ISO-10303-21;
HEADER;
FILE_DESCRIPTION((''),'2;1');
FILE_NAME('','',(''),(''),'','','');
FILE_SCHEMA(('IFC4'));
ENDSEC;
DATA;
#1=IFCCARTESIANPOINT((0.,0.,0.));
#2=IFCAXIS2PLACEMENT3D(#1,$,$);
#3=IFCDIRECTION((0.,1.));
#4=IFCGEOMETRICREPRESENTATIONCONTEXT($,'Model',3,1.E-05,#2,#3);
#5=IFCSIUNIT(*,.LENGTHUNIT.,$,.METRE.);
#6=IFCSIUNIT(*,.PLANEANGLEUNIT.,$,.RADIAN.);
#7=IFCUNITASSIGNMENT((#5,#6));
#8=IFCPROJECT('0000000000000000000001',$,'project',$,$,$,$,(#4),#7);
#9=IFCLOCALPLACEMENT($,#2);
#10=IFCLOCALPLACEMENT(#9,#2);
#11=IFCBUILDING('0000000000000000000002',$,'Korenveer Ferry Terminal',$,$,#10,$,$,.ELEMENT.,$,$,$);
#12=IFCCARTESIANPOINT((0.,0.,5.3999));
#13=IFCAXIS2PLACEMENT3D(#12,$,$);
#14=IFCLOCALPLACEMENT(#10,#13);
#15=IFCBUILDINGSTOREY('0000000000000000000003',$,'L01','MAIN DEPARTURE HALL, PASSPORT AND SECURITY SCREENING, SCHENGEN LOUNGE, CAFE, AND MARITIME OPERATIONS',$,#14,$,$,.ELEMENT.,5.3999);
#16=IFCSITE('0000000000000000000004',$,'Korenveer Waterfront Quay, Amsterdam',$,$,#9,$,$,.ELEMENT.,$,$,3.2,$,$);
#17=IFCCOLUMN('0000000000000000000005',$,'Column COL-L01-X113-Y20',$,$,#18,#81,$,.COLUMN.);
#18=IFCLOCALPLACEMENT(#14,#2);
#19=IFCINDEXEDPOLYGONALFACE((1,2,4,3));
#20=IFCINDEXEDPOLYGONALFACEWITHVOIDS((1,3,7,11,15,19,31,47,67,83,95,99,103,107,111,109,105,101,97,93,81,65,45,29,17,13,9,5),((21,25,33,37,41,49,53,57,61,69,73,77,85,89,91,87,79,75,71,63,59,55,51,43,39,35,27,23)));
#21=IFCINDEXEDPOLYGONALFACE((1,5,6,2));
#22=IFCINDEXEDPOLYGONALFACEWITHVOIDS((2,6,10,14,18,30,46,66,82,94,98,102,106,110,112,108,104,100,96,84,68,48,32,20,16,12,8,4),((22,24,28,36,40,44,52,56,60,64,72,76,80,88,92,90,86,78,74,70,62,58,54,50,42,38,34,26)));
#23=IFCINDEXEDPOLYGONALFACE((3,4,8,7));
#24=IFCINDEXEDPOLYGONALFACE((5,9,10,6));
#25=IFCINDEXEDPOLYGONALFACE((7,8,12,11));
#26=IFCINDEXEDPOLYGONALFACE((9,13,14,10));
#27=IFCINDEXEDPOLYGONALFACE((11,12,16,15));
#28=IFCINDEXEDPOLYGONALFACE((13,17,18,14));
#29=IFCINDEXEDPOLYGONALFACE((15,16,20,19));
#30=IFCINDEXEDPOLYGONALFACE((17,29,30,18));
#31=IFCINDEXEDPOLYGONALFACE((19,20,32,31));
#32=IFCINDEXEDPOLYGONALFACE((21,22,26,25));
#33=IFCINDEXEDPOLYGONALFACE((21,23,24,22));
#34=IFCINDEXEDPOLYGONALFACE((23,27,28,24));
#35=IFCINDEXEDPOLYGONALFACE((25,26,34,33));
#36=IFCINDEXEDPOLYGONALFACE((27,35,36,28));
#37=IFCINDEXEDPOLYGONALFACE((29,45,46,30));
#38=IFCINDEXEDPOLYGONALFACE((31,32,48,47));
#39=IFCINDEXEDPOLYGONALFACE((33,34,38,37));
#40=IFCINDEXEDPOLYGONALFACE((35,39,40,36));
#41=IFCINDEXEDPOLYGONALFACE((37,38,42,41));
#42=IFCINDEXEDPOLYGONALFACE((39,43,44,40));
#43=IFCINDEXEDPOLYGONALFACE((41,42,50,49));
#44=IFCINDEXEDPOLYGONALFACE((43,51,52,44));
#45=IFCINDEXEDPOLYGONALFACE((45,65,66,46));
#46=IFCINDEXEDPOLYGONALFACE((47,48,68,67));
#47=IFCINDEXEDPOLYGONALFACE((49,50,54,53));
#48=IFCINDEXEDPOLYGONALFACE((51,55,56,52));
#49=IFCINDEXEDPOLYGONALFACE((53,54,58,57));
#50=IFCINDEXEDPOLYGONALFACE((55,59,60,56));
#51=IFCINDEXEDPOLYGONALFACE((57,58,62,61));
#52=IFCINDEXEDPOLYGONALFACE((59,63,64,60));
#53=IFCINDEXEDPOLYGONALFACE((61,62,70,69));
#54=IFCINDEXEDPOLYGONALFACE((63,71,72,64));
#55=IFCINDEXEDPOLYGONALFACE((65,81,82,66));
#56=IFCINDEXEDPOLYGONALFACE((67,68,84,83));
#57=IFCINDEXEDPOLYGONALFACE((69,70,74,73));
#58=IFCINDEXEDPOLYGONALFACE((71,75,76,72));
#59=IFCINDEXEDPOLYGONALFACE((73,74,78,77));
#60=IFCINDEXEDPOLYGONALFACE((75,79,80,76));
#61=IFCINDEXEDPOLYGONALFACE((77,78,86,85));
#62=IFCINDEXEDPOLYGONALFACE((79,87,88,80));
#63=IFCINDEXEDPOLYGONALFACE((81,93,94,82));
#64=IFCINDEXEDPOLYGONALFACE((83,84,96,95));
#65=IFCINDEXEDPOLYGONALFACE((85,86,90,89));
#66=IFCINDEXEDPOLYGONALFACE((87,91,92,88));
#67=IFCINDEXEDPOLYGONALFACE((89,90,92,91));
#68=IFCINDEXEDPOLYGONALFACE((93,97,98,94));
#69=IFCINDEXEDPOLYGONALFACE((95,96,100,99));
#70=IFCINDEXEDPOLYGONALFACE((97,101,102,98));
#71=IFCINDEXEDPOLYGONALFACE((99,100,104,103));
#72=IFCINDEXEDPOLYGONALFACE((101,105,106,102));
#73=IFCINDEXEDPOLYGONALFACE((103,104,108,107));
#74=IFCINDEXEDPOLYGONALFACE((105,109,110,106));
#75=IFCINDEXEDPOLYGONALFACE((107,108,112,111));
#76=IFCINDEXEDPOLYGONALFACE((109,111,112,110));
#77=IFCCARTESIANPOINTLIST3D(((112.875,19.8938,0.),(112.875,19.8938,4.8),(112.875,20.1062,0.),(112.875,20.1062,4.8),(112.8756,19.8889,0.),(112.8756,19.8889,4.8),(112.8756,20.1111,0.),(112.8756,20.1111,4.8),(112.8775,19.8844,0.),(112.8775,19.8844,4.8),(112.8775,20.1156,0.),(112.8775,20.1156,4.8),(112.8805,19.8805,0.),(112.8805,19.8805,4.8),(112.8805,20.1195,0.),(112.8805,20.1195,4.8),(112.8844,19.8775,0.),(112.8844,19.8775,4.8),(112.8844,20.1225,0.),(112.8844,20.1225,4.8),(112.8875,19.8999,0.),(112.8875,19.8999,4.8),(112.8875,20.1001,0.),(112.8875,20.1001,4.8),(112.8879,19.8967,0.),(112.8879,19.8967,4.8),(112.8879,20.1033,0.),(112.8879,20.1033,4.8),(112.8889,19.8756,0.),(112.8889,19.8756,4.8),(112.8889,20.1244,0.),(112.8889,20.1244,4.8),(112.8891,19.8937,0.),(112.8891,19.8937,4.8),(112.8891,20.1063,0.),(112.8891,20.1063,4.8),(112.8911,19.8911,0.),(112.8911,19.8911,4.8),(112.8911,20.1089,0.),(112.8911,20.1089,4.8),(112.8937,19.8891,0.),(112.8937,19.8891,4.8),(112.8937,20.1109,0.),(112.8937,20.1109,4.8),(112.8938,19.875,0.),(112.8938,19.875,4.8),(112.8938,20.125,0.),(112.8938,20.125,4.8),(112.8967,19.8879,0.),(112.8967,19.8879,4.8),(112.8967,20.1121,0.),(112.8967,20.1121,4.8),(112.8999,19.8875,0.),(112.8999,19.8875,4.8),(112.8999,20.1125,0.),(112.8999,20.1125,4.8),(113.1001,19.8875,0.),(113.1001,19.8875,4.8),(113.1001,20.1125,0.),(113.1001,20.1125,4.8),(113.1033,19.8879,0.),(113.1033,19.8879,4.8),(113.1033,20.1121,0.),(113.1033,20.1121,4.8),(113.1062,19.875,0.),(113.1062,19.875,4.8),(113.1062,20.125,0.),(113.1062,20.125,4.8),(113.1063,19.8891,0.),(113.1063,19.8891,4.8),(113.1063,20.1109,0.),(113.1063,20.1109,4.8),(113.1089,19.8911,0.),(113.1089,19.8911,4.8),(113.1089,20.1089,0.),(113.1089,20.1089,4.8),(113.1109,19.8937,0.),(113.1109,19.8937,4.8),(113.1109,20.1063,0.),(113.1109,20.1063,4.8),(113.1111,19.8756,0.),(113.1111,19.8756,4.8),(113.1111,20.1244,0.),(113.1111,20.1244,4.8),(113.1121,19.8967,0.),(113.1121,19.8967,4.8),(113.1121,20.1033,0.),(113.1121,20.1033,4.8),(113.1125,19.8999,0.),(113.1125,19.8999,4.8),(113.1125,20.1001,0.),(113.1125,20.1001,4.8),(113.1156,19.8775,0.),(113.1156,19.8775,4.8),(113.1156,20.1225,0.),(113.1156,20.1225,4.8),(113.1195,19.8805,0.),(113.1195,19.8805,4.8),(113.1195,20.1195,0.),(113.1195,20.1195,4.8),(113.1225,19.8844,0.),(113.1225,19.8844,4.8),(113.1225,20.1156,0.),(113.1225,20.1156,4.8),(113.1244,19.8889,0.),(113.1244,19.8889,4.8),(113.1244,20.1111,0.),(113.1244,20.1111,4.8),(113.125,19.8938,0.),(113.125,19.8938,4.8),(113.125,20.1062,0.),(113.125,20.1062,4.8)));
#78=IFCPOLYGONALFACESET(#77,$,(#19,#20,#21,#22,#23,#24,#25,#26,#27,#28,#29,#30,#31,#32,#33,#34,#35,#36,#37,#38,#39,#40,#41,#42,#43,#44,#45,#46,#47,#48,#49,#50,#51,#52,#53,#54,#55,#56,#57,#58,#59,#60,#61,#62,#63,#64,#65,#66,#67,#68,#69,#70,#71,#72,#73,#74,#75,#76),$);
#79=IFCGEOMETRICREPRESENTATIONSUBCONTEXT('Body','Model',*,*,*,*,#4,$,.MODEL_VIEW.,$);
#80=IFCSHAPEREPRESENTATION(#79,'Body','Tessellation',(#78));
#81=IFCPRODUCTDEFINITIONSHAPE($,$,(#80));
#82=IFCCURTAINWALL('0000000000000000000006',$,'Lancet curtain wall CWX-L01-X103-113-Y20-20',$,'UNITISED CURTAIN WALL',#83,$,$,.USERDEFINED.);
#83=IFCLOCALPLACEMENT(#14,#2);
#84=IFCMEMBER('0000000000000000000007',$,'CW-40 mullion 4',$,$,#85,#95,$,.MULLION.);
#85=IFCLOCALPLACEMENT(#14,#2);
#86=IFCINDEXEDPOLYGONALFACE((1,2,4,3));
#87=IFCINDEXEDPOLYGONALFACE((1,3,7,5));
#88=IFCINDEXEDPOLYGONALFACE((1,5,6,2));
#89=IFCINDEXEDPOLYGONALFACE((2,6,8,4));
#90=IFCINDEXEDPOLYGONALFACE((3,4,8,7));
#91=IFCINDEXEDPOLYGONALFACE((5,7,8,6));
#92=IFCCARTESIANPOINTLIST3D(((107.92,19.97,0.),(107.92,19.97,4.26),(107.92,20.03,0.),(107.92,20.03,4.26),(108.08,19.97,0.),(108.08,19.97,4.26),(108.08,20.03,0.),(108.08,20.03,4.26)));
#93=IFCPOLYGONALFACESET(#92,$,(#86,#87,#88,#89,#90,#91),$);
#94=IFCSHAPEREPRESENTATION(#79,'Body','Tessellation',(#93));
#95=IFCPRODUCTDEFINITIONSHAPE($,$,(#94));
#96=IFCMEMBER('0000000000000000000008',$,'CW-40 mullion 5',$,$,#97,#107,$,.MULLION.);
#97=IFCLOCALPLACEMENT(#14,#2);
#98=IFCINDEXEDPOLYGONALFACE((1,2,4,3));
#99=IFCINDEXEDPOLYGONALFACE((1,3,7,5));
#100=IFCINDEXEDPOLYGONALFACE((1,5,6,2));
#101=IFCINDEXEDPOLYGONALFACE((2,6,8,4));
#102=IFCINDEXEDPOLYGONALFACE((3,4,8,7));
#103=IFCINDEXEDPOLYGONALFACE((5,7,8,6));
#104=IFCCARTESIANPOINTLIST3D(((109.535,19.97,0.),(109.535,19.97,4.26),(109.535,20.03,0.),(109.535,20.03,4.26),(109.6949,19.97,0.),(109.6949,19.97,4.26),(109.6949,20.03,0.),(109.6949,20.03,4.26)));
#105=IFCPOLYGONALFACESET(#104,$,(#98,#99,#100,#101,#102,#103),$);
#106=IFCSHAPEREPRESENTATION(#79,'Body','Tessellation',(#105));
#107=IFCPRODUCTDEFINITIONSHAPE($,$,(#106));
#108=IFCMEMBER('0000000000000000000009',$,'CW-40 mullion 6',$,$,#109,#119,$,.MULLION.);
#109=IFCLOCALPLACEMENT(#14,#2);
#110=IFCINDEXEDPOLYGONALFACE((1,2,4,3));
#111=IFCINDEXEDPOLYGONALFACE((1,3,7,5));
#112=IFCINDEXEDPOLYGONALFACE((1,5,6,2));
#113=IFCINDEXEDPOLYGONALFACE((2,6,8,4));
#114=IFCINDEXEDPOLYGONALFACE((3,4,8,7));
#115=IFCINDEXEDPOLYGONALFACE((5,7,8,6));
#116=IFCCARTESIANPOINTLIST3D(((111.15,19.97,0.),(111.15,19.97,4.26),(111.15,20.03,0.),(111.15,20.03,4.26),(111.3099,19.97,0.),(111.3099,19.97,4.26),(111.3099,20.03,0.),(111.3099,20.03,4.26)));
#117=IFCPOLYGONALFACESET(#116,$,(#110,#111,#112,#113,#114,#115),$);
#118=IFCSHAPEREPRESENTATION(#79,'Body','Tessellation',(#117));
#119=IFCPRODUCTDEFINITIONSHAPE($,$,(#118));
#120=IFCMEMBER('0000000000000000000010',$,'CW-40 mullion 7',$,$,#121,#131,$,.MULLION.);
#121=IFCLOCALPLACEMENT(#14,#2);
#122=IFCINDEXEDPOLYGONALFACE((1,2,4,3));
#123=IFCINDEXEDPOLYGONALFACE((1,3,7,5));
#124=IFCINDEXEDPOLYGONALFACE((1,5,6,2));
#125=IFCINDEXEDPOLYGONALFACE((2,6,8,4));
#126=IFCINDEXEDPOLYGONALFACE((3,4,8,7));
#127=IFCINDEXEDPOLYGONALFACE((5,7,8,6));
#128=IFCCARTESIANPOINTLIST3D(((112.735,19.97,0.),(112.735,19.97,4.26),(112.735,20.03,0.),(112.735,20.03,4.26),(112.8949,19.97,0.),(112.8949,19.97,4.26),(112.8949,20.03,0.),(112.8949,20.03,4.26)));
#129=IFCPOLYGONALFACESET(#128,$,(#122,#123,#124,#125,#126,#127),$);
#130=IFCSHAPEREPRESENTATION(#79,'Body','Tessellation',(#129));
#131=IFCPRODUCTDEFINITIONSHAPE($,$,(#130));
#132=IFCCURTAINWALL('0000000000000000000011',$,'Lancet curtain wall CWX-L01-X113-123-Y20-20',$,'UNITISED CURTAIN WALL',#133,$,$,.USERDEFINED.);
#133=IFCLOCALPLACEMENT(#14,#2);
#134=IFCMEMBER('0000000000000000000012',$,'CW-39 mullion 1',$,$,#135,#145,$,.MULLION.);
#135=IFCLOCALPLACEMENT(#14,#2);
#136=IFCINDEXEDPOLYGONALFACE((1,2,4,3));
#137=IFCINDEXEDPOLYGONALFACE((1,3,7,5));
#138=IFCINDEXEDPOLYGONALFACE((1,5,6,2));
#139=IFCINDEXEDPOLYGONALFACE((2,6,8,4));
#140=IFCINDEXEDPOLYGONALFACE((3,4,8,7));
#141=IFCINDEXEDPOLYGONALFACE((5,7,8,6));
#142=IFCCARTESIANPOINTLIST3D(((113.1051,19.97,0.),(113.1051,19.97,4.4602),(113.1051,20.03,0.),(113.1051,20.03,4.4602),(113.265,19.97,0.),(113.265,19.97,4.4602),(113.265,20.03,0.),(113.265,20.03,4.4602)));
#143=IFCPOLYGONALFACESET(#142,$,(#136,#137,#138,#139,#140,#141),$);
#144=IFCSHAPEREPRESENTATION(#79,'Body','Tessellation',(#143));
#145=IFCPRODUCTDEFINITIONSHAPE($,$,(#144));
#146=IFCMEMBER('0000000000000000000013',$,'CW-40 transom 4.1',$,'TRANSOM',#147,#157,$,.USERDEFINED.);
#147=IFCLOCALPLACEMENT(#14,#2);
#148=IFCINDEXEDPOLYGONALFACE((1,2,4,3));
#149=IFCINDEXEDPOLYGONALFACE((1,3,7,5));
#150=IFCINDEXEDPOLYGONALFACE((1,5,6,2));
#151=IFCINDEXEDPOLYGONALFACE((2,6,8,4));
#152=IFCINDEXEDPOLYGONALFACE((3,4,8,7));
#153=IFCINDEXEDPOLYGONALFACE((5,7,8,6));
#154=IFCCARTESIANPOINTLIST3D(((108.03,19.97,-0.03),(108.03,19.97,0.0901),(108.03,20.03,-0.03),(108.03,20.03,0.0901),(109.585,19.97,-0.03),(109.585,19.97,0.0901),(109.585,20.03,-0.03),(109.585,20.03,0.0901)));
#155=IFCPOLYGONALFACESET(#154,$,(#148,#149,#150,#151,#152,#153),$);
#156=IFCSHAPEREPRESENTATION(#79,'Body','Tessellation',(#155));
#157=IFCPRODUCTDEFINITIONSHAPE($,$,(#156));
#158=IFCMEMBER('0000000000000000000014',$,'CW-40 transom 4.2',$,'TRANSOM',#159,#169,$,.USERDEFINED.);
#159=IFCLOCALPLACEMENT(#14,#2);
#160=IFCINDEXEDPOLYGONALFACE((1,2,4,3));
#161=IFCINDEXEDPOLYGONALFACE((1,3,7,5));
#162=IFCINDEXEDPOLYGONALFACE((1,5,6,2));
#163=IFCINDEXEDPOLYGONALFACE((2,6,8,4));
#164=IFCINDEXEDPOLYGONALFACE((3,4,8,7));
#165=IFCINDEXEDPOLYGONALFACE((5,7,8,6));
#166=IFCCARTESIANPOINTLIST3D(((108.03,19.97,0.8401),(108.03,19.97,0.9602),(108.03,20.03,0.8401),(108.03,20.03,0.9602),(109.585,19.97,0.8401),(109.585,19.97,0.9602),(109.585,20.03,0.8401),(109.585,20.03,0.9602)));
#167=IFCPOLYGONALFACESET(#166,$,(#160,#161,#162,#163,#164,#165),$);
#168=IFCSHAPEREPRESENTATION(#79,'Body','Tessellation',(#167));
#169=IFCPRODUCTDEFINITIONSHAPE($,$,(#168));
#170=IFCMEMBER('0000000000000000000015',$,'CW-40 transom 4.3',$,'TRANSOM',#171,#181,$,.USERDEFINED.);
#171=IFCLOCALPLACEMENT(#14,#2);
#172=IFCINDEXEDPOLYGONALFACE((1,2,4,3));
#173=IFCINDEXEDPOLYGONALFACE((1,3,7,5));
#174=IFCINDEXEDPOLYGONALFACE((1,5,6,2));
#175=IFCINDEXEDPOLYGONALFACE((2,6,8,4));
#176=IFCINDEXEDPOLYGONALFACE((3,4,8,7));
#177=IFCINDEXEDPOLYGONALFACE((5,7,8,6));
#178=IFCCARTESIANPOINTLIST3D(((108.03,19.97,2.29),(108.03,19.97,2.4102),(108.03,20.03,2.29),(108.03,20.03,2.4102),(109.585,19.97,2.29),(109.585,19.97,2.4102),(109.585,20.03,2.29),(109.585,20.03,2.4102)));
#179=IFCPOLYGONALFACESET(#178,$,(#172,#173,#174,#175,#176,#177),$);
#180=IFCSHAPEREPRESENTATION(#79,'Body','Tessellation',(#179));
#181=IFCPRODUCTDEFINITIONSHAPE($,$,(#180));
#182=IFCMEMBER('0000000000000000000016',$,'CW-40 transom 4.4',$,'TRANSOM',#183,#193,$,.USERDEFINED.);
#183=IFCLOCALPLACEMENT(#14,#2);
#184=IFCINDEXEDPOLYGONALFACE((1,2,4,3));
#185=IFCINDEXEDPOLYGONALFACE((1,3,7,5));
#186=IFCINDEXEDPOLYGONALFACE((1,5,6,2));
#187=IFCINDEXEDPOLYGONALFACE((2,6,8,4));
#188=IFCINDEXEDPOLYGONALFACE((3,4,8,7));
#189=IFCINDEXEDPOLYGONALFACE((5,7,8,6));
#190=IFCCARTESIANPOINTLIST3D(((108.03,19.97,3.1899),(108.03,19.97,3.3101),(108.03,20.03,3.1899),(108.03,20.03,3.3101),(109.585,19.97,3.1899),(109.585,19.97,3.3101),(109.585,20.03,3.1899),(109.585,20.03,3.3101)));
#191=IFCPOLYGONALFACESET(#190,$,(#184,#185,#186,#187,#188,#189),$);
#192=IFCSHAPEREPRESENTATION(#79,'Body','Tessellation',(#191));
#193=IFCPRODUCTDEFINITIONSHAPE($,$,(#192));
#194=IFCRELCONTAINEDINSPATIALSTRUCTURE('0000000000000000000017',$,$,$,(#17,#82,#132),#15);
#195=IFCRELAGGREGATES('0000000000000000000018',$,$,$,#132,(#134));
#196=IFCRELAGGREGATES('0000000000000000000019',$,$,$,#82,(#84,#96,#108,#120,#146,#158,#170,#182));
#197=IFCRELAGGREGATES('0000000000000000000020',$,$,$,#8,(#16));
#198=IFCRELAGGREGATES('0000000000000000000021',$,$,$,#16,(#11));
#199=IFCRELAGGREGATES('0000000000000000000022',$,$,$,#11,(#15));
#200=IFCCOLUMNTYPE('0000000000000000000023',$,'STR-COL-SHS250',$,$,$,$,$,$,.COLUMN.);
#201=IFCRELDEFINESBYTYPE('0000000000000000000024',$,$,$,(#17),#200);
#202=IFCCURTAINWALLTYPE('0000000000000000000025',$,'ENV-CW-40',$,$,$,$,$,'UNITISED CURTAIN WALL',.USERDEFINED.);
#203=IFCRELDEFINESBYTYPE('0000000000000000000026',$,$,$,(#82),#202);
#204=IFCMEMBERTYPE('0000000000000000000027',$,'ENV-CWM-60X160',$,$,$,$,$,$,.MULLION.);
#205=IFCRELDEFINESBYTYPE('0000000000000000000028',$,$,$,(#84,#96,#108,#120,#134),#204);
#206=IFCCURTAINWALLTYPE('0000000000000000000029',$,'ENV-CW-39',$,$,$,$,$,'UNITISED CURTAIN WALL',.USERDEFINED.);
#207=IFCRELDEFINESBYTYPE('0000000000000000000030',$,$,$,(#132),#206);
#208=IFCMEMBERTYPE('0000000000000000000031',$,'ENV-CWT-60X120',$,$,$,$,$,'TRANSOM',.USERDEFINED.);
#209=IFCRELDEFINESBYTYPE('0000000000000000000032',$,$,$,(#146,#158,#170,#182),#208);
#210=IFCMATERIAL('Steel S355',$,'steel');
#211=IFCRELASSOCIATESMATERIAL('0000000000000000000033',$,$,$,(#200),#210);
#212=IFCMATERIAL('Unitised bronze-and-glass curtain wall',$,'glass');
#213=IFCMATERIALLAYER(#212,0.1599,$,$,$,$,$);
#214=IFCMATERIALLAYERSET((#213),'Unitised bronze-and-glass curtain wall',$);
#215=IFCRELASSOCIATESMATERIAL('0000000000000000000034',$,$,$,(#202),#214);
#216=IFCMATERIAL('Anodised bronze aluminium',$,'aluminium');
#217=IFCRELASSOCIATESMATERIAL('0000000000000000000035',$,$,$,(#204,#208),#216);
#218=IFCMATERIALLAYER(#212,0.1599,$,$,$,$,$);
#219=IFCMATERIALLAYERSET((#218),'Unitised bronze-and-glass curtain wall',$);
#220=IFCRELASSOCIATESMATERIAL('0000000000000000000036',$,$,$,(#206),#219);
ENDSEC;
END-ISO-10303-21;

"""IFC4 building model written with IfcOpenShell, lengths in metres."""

from ifc_helpers import new_model, si_unit, direction, frame, origin, origin_2d, place, context, subcontext, project, spatial, rectangle, hollow_rectangle, extrude, material, layer, layer_set, material_profile, profile_set, type_object, element, aggregate, save


model = new_model("IFC4")

# Units and contexts
model_context = context("Model", 3, precision=1e-05, world=origin(), true_north=direction((0.0, 1.0)))
body_context = subcontext(model_context, "Body", "Model", "MODEL_VIEW")
ifc_project = project(units=[si_unit("LENGTHUNIT", "METRE"), si_unit("PLANEANGLEUNIT", "RADIAN")], contexts=[model_context])

# Site, building, storey
site_placement = place(None, origin())
site = spatial("IfcSite", under=ifc_project, at=site_placement, Name="Korenveer Waterfront Quay, Amsterdam", CompositionType="ELEMENT", RefElevation=3.2)
building_placement = place(site_placement, origin())
building = spatial("IfcBuilding", under=site, at=building_placement, Name="Korenveer Ferry Terminal", CompositionType="ELEMENT")
storey_placement = place(building_placement, frame((0.0, 0.0, 5.3999)))
storey = spatial("IfcBuildingStorey", under=building, at=storey_placement, Name="L01", Description="MAIN DEPARTURE HALL, PASSPORT AND SECURITY SCREENING, SCHENGEN LOUNGE, CAFE, AND MARITIME OPERATIONS", CompositionType="ELEMENT", Elevation=5.3999)

# Column
ifc_material_1 = material(Name="Steel S355", Category="steel")
ifc_material_profile_1 = material_profile(ifc_material_1, hollow_rectangle(XDim=0.25, YDim=0.25, WallThickness=0.0125, InnerFilletRadius=0.0125, OuterFilletRadius=0.0188, at=origin_2d()), Name="SHS 250x250x12.5")
ifc_profile_set_1 = profile_set([ifc_material_profile_1], Name="Steel S355")
column_type = type_object("IfcColumnType", Name="STR-COL-SHS250", PredefinedType="COLUMN", material=ifc_profile_set_1)
column_placement = place(storey_placement, frame((113.0, 20.0, 0.0), z_axis=(0.0, 0.0, 1.0), x_axis=(1.0, 0.0, 0.0)))
element("IfcColumn", 1, at=column_placement, inside=storey, type_object=column_type, Name="Column COL-L01-X113-Y20", PredefinedType="COLUMN", context=body_context, shape_type="SweptSolid", body=[
    extrude(hollow_rectangle(XDim=0.25, YDim=0.25, WallThickness=0.0125, InnerFilletRadius=0.0125, OuterFilletRadius=0.0188, at=origin_2d()), origin(), (0.0, 0.0, 1.0), 4.8),
])

# Curtain wall, members
ifc_material_2 = material(Name="Unitised bronze-and-glass curtain wall", Category="glass")
ifc_layer_1 = layer(ifc_material_2, 0.1599)
ifc_layer_set_1 = layer_set([ifc_layer_1], Name="Unitised bronze-and-glass curtain wall")
curtain_wall_type_1 = type_object("IfcCurtainWallType", Name="ENV-CW-40", ElementType="UNITISED CURTAIN WALL", PredefinedType="USERDEFINED", material=ifc_layer_set_1)
curtain_wall_1_placement = place(storey_placement, frame((103.155, 20.0, 0.0)))
curtain_wall_1 = element("IfcCurtainWall", 2, at=curtain_wall_1_placement, inside=storey, type_object=curtain_wall_type_1, Name="Lancet curtain wall CWX-L01-X103-113-Y20-20", ObjectType="UNITISED CURTAIN WALL", PredefinedType="USERDEFINED")
ifc_material_3 = material(Name="Anodised bronze aluminium", Category="aluminium")
ifc_material_profile_2 = material_profile(ifc_material_3, rectangle(XDim=0.0601, YDim=0.1599, at=origin_2d()), Name="ALU 60x160")
ifc_profile_set_2 = profile_set([ifc_material_profile_2], Name="Anodised bronze aluminium")
member_type_1 = type_object("IfcMemberType", Name="ENV-CWM-60X160", PredefinedType="MULLION", material=ifc_profile_set_2)
member_1_placement = place(storey_placement, frame((108.0, 20.0, 0.0), z_axis=(0.0, 0.0, 1.0), x_axis=(0.0, 1.0, 0.0)))
member_1 = element("IfcMember", 3, at=member_1_placement, type_object=member_type_1, Name="CW-40 mullion 4", PredefinedType="MULLION", context=body_context, shape_type="SweptSolid", body=[
    extrude(rectangle(XDim=0.0601, YDim=0.1599, at=origin_2d()), origin(), (0.0, 0.0, 1.0), 4.26),
])
member_2_placement = place(storey_placement, frame((109.615, 20.0, 0.0), z_axis=(0.0, 0.0, 1.0), x_axis=(0.0, 1.0, 0.0)))
member_2 = element("IfcMember", 4, at=member_2_placement, type_object=member_type_1, Name="CW-40 mullion 5", PredefinedType="MULLION", context=body_context, shape_type="SweptSolid", body=[
    extrude(rectangle(XDim=0.0601, YDim=0.1599, at=origin_2d()), origin(), (0.0, 0.0, 1.0), 4.26),
])
member_3_placement = place(storey_placement, frame((111.23, 20.0, 0.0), z_axis=(0.0, 0.0, 1.0), x_axis=(0.0, 1.0, 0.0)))
member_3 = element("IfcMember", 5, at=member_3_placement, type_object=member_type_1, Name="CW-40 mullion 6", PredefinedType="MULLION", context=body_context, shape_type="SweptSolid", body=[
    extrude(rectangle(XDim=0.0601, YDim=0.1599, at=origin_2d()), origin(), (0.0, 0.0, 1.0), 4.26),
])
member_4_placement = place(storey_placement, frame((112.8149, 20.0, 0.0), z_axis=(0.0, 0.0, 1.0), x_axis=(0.0, 1.0, 0.0)))
member_4 = element("IfcMember", 6, at=member_4_placement, type_object=member_type_1, Name="CW-40 mullion 7", PredefinedType="MULLION", context=body_context, shape_type="SweptSolid", body=[
    extrude(rectangle(XDim=0.0601, YDim=0.1599, at=origin_2d()), origin(), (0.0, 0.0, 1.0), 4.26),
])

# Curtain wall, member
ifc_layer_2 = layer(ifc_material_2, 0.1599)
ifc_layer_set_2 = layer_set([ifc_layer_2], Name="Unitised bronze-and-glass curtain wall")
curtain_wall_type_2 = type_object("IfcCurtainWallType", Name="ENV-CW-39", ElementType="UNITISED CURTAIN WALL", PredefinedType="USERDEFINED", material=ifc_layer_set_2)
curtain_wall_2_placement = place(storey_placement, frame((113.155, 20.0, 0.0)))
curtain_wall_2 = element("IfcCurtainWall", 7, at=curtain_wall_2_placement, inside=storey, type_object=curtain_wall_type_2, Name="Lancet curtain wall CWX-L01-X113-123-Y20-20", ObjectType="UNITISED CURTAIN WALL", PredefinedType="USERDEFINED")
member_5_placement = place(storey_placement, frame((113.1851, 20.0, 0.0), z_axis=(0.0, 0.0, 1.0), x_axis=(0.0, 1.0, 0.0)))
member_5 = element("IfcMember", 8, at=member_5_placement, type_object=member_type_1, Name="CW-39 mullion 1", PredefinedType="MULLION", context=body_context, shape_type="SweptSolid", body=[
    extrude(rectangle(XDim=0.0601, YDim=0.1599, at=origin_2d()), origin(), (0.0, 0.0, 1.0), 4.4602),
])

# Members
ifc_material_profile_3 = material_profile(ifc_material_3, rectangle(XDim=0.0601, YDim=0.1201, at=origin_2d()), Name="ALU 60x120")
ifc_profile_set_3 = profile_set([ifc_material_profile_3], Name="Anodised bronze aluminium")
member_type_2 = type_object("IfcMemberType", Name="ENV-CWT-60X120", ElementType="TRANSOM", PredefinedType="USERDEFINED", material=ifc_profile_set_3)
member_6_placement = place(storey_placement, frame((108.03, 20.0, 0.03), z_axis=(1.0, 0.0, 0.0), x_axis=(0.0, 1.0, 0.0)))
member_6 = element("IfcMember", 9, at=member_6_placement, type_object=member_type_2, Name="CW-40 transom 4.1", ObjectType="TRANSOM", PredefinedType="USERDEFINED", context=body_context, shape_type="SweptSolid", body=[
    extrude(rectangle(XDim=0.0601, YDim=0.1201, at=origin_2d()), origin(), (0.0, 0.0, 1.0), 1.5549),
])
member_7_placement = place(storey_placement, frame((108.03, 20.0, 0.9001), z_axis=(1.0, 0.0, 0.0), x_axis=(0.0, 1.0, 0.0)))
member_7 = element("IfcMember", 10, at=member_7_placement, type_object=member_type_2, Name="CW-40 transom 4.2", ObjectType="TRANSOM", PredefinedType="USERDEFINED", context=body_context, shape_type="SweptSolid", body=[
    extrude(rectangle(XDim=0.0601, YDim=0.1201, at=origin_2d()), origin(), (0.0, 0.0, 1.0), 1.5549),
])
member_8_placement = place(storey_placement, frame((108.03, 20.0, 2.3501), z_axis=(1.0, 0.0, 0.0), x_axis=(0.0, 1.0, 0.0)))
member_8 = element("IfcMember", 11, at=member_8_placement, type_object=member_type_2, Name="CW-40 transom 4.3", ObjectType="TRANSOM", PredefinedType="USERDEFINED", context=body_context, shape_type="SweptSolid", body=[
    extrude(rectangle(XDim=0.0601, YDim=0.1201, at=origin_2d()), origin(), (0.0, 0.0, 1.0), 1.5549),
])
member_9_placement = place(storey_placement, frame((108.03, 20.0, 3.25), z_axis=(1.0, 0.0, 0.0), x_axis=(0.0, 1.0, 0.0)))
member_9 = element("IfcMember", 12, at=member_9_placement, type_object=member_type_2, Name="CW-40 transom 4.4", ObjectType="TRANSOM", PredefinedType="USERDEFINED", context=body_context, shape_type="SweptSolid", body=[
    extrude(rectangle(XDim=0.0601, YDim=0.1201, at=origin_2d()), origin(), (0.0, 0.0, 1.0), 1.5549),
])
aggregate(curtain_wall_2, [member_5])

aggregate(curtain_wall_1, [member_1, member_2, member_3, member_4, member_6, member_7, member_8, member_9])

save(model, "model.ifc")
